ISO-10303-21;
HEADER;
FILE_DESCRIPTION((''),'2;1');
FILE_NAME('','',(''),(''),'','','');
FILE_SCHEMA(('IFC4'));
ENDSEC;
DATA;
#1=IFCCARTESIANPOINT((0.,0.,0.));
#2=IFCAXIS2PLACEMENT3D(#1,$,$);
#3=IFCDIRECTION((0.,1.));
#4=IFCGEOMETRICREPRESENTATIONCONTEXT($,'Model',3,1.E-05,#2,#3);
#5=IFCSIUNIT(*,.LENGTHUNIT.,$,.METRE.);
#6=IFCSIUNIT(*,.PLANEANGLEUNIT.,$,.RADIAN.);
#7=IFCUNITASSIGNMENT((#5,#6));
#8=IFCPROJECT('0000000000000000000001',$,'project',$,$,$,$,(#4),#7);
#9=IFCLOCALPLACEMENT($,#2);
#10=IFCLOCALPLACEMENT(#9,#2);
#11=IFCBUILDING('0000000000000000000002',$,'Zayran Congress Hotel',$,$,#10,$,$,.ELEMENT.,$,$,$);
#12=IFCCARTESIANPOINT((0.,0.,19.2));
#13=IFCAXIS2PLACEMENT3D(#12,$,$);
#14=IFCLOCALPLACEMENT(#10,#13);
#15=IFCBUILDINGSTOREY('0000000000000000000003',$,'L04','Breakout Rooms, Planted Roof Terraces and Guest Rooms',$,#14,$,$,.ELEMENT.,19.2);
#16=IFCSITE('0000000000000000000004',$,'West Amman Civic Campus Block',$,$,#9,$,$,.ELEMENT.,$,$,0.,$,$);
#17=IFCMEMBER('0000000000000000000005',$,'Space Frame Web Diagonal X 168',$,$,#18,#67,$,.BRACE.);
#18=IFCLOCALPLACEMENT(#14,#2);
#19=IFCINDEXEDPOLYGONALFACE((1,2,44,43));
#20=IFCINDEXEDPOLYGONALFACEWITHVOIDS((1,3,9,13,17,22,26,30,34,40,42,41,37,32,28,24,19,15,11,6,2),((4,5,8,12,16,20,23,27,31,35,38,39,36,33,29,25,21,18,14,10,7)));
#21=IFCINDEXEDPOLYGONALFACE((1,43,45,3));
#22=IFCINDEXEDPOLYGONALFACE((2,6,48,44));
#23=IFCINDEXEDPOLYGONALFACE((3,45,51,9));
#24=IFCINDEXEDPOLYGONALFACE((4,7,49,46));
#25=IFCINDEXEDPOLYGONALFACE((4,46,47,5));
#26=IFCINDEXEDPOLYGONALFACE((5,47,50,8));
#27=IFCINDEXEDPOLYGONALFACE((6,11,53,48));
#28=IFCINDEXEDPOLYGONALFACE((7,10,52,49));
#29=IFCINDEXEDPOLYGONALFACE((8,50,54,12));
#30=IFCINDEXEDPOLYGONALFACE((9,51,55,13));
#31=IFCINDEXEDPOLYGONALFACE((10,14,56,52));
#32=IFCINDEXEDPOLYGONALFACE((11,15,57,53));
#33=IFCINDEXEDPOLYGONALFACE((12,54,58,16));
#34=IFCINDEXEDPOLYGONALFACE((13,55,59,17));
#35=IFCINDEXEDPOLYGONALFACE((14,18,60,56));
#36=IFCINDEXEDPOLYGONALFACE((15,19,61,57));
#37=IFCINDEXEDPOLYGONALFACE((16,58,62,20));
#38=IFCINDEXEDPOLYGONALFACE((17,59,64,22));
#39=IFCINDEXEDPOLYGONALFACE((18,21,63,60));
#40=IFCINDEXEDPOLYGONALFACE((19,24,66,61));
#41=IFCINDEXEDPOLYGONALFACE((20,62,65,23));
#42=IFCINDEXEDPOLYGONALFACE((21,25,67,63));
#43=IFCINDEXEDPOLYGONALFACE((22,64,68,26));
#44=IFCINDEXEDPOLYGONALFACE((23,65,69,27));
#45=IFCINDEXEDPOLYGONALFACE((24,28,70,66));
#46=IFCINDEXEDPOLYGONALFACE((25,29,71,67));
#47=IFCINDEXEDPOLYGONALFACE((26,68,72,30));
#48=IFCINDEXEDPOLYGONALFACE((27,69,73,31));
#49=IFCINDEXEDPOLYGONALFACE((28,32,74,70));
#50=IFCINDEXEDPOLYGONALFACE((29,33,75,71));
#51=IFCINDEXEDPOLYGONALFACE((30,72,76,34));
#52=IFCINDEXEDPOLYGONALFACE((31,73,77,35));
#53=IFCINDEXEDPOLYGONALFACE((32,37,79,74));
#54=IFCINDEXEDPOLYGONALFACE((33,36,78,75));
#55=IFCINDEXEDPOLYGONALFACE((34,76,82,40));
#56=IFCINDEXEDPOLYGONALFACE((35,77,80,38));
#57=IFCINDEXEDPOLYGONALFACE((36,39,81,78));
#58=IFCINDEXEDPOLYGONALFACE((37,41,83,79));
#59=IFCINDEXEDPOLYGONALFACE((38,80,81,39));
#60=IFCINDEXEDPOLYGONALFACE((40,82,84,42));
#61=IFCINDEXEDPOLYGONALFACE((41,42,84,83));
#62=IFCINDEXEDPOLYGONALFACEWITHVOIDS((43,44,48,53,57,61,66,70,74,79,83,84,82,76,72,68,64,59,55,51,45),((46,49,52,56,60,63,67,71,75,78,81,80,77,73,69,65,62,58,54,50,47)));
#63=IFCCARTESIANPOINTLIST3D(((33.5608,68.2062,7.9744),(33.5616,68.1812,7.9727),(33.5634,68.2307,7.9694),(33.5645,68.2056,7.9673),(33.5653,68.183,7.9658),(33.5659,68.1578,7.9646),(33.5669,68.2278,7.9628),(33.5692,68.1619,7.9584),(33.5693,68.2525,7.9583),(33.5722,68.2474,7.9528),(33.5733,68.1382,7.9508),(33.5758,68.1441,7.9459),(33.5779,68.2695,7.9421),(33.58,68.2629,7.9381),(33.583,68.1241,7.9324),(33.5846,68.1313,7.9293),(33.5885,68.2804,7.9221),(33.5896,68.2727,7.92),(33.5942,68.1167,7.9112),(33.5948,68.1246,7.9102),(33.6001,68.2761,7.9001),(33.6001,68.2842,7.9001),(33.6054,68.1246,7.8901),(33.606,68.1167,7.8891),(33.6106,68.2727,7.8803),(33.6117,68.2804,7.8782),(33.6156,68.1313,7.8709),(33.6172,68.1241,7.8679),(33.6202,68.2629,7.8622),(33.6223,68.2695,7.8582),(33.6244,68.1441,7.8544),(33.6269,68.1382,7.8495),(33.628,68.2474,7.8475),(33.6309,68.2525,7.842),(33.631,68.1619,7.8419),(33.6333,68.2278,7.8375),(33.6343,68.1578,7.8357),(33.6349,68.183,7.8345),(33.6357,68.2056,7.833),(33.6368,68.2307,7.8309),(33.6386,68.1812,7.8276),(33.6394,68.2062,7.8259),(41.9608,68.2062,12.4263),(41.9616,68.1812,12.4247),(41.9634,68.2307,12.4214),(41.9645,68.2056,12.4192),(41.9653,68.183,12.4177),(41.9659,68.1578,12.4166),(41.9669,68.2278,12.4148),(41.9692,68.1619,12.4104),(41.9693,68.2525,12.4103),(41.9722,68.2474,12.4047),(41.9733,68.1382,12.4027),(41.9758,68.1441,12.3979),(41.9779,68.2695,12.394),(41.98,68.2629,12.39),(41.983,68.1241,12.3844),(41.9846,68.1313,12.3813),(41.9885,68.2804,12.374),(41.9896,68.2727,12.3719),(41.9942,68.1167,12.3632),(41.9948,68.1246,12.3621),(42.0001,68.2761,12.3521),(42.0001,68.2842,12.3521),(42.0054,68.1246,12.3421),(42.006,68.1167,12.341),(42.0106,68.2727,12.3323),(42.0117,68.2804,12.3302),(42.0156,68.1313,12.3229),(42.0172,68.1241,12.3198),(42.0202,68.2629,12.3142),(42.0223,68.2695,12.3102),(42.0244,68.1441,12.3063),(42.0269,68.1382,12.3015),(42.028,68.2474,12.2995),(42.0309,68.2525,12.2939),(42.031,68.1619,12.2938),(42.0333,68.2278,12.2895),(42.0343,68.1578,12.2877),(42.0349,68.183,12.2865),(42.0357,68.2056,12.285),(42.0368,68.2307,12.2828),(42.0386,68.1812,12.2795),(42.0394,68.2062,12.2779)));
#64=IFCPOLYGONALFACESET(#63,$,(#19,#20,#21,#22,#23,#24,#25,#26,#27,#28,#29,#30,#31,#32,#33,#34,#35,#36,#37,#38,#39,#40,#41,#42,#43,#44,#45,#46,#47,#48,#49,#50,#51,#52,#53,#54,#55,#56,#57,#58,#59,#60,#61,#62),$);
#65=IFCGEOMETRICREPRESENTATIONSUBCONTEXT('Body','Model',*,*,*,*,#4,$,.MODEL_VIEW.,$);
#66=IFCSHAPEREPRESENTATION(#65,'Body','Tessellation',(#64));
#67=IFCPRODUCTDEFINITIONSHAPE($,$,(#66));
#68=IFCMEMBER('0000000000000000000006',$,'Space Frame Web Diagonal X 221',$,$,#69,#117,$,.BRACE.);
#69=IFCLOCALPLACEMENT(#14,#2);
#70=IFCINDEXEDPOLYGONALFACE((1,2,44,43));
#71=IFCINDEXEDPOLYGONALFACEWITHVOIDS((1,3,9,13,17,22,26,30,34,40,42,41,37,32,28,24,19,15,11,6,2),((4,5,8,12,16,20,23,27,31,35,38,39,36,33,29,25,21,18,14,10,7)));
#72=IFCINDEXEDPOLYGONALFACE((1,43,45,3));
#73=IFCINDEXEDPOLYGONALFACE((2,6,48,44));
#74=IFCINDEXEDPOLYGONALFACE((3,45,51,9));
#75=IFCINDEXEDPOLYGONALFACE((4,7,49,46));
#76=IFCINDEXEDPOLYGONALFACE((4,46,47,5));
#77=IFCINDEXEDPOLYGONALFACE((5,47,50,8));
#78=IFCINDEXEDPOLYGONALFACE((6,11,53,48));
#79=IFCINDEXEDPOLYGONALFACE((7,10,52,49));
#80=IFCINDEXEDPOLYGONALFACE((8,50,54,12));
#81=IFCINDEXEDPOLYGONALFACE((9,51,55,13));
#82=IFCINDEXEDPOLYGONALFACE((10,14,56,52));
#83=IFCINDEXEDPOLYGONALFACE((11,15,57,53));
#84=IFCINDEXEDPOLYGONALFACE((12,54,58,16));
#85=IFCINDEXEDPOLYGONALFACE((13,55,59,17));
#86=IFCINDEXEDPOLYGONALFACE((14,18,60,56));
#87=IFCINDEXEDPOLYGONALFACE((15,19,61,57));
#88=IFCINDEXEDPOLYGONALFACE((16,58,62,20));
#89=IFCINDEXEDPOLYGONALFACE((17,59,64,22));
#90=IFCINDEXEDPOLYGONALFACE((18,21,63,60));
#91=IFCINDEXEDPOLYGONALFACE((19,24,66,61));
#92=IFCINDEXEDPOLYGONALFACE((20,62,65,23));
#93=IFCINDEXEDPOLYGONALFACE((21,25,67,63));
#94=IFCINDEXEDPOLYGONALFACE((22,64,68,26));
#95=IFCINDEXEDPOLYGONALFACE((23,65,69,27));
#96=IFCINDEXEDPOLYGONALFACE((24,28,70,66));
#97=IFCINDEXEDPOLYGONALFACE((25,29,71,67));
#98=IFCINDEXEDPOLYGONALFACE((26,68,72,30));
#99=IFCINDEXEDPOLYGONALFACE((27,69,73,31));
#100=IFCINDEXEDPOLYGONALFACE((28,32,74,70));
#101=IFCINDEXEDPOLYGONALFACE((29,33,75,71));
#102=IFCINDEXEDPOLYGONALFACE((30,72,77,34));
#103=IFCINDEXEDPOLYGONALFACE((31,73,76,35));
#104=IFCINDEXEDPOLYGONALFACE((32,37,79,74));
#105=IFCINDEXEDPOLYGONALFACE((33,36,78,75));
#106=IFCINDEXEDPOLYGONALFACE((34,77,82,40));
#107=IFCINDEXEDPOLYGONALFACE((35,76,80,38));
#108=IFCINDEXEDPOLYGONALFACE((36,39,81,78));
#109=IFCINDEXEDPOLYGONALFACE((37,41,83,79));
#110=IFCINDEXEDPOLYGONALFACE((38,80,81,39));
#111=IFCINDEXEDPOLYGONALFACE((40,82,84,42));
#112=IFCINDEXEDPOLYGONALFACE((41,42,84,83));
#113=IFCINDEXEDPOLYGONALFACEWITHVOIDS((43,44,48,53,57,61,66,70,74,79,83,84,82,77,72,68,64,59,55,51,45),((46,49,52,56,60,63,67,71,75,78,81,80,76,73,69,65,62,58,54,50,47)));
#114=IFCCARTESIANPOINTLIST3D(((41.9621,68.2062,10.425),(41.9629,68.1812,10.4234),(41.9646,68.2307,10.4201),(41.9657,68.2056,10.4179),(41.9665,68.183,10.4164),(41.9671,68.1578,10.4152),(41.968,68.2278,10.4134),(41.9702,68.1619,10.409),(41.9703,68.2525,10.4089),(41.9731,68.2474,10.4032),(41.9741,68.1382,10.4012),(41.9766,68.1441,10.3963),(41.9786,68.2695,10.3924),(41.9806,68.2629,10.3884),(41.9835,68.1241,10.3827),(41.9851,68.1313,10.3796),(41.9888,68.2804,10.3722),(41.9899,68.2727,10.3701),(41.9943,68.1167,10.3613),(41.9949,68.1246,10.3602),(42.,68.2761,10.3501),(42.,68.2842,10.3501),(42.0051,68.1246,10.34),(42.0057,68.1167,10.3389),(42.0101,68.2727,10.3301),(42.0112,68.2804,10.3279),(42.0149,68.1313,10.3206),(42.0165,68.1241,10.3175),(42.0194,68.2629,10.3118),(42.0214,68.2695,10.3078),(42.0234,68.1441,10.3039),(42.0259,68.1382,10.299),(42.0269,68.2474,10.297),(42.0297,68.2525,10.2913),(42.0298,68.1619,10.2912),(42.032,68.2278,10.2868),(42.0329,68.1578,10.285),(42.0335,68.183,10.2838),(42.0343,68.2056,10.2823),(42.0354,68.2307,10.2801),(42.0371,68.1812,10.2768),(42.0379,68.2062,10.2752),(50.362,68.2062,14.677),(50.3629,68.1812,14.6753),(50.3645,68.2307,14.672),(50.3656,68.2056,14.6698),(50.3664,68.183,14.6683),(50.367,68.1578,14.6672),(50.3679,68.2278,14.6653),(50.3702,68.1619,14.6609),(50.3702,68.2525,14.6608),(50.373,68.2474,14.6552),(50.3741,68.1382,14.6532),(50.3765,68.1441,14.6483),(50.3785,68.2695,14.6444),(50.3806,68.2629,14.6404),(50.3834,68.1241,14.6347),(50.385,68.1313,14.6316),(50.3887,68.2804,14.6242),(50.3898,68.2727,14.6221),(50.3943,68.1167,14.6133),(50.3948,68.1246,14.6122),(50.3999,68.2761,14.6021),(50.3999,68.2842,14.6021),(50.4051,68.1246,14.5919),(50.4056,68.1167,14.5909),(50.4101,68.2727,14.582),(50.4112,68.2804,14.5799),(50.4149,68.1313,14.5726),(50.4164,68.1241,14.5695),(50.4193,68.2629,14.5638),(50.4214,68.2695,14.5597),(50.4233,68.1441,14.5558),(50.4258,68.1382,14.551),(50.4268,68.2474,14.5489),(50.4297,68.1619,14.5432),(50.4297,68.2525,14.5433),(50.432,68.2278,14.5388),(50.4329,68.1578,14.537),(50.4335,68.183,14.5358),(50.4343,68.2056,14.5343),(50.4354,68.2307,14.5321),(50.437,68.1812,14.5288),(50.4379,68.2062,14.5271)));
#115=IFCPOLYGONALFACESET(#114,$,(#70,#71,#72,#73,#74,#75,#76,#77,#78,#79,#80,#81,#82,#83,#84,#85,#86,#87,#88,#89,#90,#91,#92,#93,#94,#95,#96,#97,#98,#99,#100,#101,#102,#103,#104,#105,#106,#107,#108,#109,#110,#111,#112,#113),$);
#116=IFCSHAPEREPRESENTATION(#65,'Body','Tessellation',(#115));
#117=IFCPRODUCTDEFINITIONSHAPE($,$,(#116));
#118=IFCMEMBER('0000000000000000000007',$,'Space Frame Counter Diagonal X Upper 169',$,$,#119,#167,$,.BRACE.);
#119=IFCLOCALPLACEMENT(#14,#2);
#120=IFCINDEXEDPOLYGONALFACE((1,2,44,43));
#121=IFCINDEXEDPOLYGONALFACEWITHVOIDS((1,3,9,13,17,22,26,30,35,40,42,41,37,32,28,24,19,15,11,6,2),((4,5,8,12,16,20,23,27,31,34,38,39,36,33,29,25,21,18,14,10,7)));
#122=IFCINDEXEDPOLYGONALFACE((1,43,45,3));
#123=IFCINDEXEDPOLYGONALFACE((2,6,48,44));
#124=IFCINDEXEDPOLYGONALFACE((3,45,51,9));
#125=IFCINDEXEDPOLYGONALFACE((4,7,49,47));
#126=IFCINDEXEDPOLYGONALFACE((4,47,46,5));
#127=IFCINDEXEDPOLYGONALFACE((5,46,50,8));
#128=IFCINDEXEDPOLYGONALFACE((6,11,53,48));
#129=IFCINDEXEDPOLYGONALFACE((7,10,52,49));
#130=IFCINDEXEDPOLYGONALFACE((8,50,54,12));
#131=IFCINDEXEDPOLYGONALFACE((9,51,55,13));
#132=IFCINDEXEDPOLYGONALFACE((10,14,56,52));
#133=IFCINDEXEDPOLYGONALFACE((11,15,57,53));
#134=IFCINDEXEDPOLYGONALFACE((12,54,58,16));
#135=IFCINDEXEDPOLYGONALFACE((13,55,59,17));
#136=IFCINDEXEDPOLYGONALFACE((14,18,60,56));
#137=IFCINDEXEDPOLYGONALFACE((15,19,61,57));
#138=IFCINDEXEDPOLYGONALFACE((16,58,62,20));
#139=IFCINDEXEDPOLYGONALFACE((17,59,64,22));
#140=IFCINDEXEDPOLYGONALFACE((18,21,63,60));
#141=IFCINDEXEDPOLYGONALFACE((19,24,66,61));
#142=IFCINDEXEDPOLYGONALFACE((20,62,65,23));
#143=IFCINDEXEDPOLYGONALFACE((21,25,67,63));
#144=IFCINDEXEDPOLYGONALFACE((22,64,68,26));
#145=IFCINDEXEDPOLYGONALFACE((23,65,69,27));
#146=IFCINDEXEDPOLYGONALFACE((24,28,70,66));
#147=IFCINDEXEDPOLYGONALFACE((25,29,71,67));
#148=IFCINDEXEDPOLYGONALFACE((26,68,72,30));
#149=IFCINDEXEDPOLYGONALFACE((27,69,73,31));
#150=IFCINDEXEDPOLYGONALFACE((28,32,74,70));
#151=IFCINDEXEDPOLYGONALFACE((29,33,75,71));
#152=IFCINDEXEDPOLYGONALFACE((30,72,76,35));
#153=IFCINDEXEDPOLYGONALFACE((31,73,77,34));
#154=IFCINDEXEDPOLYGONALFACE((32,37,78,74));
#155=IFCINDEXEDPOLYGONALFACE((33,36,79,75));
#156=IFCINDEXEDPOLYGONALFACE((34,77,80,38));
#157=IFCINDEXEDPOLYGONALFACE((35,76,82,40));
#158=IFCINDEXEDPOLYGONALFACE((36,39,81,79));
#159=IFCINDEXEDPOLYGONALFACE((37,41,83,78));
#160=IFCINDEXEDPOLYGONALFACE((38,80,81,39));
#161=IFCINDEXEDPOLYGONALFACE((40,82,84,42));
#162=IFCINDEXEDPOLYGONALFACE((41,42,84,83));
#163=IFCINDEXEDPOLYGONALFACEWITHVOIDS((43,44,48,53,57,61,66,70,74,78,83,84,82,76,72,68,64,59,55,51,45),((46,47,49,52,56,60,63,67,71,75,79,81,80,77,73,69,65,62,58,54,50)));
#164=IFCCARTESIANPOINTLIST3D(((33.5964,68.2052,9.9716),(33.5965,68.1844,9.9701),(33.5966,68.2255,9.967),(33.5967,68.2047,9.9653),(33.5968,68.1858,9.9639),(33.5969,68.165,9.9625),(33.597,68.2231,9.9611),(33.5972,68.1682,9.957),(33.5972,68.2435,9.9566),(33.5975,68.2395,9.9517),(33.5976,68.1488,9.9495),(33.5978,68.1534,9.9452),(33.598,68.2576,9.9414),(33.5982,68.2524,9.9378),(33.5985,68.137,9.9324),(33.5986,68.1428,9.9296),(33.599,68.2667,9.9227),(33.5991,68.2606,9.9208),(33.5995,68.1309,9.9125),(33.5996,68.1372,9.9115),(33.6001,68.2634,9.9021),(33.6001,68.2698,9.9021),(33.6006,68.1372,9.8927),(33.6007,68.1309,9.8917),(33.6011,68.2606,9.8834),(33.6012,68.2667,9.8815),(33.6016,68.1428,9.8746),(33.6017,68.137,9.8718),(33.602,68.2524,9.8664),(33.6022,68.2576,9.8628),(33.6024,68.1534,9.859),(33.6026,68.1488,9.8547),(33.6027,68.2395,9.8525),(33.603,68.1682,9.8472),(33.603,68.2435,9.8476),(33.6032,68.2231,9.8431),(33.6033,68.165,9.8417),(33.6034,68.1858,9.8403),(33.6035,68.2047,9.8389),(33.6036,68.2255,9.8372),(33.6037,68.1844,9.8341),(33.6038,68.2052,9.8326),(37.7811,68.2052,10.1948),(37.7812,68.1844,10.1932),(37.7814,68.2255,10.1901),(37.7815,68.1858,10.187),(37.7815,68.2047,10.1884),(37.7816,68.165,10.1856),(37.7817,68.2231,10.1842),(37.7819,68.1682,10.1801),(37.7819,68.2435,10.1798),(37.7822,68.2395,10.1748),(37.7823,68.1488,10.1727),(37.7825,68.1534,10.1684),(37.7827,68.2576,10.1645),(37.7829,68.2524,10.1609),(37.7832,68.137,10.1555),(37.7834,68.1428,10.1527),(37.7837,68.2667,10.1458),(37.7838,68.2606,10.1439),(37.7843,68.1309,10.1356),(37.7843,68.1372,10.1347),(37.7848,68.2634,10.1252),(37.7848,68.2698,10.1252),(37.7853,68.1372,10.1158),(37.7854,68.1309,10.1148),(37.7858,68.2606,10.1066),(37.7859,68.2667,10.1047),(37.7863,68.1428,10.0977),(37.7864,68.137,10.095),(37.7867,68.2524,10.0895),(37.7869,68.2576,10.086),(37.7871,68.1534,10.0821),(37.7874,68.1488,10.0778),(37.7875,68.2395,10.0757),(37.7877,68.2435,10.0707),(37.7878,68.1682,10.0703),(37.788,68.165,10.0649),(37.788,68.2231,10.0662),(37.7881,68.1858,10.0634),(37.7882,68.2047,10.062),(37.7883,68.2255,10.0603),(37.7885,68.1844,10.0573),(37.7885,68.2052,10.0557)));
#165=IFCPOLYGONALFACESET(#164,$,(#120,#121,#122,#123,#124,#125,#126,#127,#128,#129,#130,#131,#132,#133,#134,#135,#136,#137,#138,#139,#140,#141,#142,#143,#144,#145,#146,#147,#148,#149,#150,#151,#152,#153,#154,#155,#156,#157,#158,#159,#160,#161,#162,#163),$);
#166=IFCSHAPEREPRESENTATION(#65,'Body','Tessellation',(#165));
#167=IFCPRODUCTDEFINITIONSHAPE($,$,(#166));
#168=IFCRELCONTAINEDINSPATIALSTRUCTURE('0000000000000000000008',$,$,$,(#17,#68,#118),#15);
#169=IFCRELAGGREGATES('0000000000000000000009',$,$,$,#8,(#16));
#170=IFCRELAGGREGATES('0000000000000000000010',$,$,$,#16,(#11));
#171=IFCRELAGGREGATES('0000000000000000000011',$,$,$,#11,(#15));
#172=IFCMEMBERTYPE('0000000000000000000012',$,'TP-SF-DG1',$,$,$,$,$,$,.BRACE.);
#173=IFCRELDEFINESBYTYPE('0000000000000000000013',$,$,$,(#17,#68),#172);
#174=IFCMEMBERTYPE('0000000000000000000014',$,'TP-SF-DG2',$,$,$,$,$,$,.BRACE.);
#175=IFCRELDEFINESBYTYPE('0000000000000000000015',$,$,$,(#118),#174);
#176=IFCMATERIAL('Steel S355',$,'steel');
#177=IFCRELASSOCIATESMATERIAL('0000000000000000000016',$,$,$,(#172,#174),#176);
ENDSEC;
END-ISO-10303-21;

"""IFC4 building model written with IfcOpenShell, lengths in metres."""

from ifc_helpers import new_model, si_unit, direction, frame, origin, origin_2d, place, context, subcontext, project, spatial, hollow_circle, extrude, material, material_profile, profile_set, type_object, element, save


model = new_model("IFC4")

# Units and contexts
model_context = context("Model", 3, precision=1e-05, world=origin(), true_north=direction((0.0, 1.0)))
body_context = subcontext(model_context, "Body", "Model", "MODEL_VIEW")
ifc_project = project(units=[si_unit("LENGTHUNIT", "METRE"), si_unit("PLANEANGLEUNIT", "RADIAN")], contexts=[model_context])

# Site, building, storey
site_placement = place(None, origin())
site = spatial("IfcSite", under=ifc_project, at=site_placement, Name="West Amman Civic Campus Block", CompositionType="ELEMENT", RefElevation=0.0)
building_placement = place(site_placement, origin())
building = spatial("IfcBuilding", under=site, at=building_placement, Name="Zayran Congress Hotel", CompositionType="ELEMENT")
storey_placement = place(building_placement, frame((0.0, 0.0, 19.2)))
storey = spatial("IfcBuildingStorey", under=building, at=storey_placement, Name="L04", Description="Breakout Rooms, Planted Roof Terraces and Guest Rooms", CompositionType="ELEMENT", Elevation=19.2)

# Shared definitions
ifc_material = material(Name="Steel S355", Category="steel")

# Members
ifc_material_profile_1 = material_profile(ifc_material, hollow_circle(Radius=0.0842, WallThickness=0.0081, at=origin_2d()), Name="CHS 168.3x8")
ifc_profile_set_1 = profile_set([ifc_material_profile_1], Name="Steel S355")
member_type_1 = type_object("IfcMemberType", Name="TP-SF-DG1", PredefinedType="BRACE", material=ifc_profile_set_1)
member_1_placement = place(storey_placement, frame((33.6001, 68.2, 7.9001), z_axis=(0.883575, 0.0, 0.46829), x_axis=(0.0, 1.0, 0.0)))
element("IfcMember", 1, at=member_1_placement, inside=storey, type_object=member_type_1, Name="Space Frame Web Diagonal X 168", PredefinedType="BRACE", context=body_context, shape_type="SweptSolid", body=[
    extrude(hollow_circle(Radius=0.0842, WallThickness=0.0081, at=origin_2d()), origin(), (0.0, 0.0, 1.0), 9.5068),
])
member_2_placement = place(storey_placement, frame((42.0, 68.2, 10.3501), z_axis=(0.892207, 0.0, 0.451627), x_axis=(0.0, 1.0, 0.0)))
element("IfcMember", 2, at=member_2_placement, inside=storey, type_object=member_type_1, Name="Space Frame Web Diagonal X 221", PredefinedType="BRACE", context=body_context, shape_type="SweptSolid", body=[
    extrude(hollow_circle(Radius=0.0842, WallThickness=0.0081, at=origin_2d()), origin(), (0.0, 0.0, 1.0), 9.4148),
])
ifc_material_profile_2 = material_profile(ifc_material, hollow_circle(Radius=0.0698, WallThickness=0.0063, at=origin_2d()), Name="CHS 139.7x6.3")
ifc_profile_set_2 = profile_set([ifc_material_profile_2], Name="Steel S355")
member_type_2 = type_object("IfcMemberType", Name="TP-SF-DG2", PredefinedType="BRACE", material=ifc_profile_set_2)
member_3_placement = place(storey_placement, frame((33.6001, 68.2, 9.9021), z_axis=(0.998581, 0.0, 0.053247), x_axis=(0.0, 1.0, 0.0)))
element("IfcMember", 3, at=member_3_placement, inside=storey, type_object=member_type_2, Name="Space Frame Counter Diagonal X Upper 169", PredefinedType="BRACE", context=body_context, shape_type="SweptSolid", body=[
    extrude(hollow_circle(Radius=0.0698, WallThickness=0.0063, at=origin_2d()), origin(), (0.0, 0.0, 1.0), 4.1907),
])

save(model, "model.ifc")
